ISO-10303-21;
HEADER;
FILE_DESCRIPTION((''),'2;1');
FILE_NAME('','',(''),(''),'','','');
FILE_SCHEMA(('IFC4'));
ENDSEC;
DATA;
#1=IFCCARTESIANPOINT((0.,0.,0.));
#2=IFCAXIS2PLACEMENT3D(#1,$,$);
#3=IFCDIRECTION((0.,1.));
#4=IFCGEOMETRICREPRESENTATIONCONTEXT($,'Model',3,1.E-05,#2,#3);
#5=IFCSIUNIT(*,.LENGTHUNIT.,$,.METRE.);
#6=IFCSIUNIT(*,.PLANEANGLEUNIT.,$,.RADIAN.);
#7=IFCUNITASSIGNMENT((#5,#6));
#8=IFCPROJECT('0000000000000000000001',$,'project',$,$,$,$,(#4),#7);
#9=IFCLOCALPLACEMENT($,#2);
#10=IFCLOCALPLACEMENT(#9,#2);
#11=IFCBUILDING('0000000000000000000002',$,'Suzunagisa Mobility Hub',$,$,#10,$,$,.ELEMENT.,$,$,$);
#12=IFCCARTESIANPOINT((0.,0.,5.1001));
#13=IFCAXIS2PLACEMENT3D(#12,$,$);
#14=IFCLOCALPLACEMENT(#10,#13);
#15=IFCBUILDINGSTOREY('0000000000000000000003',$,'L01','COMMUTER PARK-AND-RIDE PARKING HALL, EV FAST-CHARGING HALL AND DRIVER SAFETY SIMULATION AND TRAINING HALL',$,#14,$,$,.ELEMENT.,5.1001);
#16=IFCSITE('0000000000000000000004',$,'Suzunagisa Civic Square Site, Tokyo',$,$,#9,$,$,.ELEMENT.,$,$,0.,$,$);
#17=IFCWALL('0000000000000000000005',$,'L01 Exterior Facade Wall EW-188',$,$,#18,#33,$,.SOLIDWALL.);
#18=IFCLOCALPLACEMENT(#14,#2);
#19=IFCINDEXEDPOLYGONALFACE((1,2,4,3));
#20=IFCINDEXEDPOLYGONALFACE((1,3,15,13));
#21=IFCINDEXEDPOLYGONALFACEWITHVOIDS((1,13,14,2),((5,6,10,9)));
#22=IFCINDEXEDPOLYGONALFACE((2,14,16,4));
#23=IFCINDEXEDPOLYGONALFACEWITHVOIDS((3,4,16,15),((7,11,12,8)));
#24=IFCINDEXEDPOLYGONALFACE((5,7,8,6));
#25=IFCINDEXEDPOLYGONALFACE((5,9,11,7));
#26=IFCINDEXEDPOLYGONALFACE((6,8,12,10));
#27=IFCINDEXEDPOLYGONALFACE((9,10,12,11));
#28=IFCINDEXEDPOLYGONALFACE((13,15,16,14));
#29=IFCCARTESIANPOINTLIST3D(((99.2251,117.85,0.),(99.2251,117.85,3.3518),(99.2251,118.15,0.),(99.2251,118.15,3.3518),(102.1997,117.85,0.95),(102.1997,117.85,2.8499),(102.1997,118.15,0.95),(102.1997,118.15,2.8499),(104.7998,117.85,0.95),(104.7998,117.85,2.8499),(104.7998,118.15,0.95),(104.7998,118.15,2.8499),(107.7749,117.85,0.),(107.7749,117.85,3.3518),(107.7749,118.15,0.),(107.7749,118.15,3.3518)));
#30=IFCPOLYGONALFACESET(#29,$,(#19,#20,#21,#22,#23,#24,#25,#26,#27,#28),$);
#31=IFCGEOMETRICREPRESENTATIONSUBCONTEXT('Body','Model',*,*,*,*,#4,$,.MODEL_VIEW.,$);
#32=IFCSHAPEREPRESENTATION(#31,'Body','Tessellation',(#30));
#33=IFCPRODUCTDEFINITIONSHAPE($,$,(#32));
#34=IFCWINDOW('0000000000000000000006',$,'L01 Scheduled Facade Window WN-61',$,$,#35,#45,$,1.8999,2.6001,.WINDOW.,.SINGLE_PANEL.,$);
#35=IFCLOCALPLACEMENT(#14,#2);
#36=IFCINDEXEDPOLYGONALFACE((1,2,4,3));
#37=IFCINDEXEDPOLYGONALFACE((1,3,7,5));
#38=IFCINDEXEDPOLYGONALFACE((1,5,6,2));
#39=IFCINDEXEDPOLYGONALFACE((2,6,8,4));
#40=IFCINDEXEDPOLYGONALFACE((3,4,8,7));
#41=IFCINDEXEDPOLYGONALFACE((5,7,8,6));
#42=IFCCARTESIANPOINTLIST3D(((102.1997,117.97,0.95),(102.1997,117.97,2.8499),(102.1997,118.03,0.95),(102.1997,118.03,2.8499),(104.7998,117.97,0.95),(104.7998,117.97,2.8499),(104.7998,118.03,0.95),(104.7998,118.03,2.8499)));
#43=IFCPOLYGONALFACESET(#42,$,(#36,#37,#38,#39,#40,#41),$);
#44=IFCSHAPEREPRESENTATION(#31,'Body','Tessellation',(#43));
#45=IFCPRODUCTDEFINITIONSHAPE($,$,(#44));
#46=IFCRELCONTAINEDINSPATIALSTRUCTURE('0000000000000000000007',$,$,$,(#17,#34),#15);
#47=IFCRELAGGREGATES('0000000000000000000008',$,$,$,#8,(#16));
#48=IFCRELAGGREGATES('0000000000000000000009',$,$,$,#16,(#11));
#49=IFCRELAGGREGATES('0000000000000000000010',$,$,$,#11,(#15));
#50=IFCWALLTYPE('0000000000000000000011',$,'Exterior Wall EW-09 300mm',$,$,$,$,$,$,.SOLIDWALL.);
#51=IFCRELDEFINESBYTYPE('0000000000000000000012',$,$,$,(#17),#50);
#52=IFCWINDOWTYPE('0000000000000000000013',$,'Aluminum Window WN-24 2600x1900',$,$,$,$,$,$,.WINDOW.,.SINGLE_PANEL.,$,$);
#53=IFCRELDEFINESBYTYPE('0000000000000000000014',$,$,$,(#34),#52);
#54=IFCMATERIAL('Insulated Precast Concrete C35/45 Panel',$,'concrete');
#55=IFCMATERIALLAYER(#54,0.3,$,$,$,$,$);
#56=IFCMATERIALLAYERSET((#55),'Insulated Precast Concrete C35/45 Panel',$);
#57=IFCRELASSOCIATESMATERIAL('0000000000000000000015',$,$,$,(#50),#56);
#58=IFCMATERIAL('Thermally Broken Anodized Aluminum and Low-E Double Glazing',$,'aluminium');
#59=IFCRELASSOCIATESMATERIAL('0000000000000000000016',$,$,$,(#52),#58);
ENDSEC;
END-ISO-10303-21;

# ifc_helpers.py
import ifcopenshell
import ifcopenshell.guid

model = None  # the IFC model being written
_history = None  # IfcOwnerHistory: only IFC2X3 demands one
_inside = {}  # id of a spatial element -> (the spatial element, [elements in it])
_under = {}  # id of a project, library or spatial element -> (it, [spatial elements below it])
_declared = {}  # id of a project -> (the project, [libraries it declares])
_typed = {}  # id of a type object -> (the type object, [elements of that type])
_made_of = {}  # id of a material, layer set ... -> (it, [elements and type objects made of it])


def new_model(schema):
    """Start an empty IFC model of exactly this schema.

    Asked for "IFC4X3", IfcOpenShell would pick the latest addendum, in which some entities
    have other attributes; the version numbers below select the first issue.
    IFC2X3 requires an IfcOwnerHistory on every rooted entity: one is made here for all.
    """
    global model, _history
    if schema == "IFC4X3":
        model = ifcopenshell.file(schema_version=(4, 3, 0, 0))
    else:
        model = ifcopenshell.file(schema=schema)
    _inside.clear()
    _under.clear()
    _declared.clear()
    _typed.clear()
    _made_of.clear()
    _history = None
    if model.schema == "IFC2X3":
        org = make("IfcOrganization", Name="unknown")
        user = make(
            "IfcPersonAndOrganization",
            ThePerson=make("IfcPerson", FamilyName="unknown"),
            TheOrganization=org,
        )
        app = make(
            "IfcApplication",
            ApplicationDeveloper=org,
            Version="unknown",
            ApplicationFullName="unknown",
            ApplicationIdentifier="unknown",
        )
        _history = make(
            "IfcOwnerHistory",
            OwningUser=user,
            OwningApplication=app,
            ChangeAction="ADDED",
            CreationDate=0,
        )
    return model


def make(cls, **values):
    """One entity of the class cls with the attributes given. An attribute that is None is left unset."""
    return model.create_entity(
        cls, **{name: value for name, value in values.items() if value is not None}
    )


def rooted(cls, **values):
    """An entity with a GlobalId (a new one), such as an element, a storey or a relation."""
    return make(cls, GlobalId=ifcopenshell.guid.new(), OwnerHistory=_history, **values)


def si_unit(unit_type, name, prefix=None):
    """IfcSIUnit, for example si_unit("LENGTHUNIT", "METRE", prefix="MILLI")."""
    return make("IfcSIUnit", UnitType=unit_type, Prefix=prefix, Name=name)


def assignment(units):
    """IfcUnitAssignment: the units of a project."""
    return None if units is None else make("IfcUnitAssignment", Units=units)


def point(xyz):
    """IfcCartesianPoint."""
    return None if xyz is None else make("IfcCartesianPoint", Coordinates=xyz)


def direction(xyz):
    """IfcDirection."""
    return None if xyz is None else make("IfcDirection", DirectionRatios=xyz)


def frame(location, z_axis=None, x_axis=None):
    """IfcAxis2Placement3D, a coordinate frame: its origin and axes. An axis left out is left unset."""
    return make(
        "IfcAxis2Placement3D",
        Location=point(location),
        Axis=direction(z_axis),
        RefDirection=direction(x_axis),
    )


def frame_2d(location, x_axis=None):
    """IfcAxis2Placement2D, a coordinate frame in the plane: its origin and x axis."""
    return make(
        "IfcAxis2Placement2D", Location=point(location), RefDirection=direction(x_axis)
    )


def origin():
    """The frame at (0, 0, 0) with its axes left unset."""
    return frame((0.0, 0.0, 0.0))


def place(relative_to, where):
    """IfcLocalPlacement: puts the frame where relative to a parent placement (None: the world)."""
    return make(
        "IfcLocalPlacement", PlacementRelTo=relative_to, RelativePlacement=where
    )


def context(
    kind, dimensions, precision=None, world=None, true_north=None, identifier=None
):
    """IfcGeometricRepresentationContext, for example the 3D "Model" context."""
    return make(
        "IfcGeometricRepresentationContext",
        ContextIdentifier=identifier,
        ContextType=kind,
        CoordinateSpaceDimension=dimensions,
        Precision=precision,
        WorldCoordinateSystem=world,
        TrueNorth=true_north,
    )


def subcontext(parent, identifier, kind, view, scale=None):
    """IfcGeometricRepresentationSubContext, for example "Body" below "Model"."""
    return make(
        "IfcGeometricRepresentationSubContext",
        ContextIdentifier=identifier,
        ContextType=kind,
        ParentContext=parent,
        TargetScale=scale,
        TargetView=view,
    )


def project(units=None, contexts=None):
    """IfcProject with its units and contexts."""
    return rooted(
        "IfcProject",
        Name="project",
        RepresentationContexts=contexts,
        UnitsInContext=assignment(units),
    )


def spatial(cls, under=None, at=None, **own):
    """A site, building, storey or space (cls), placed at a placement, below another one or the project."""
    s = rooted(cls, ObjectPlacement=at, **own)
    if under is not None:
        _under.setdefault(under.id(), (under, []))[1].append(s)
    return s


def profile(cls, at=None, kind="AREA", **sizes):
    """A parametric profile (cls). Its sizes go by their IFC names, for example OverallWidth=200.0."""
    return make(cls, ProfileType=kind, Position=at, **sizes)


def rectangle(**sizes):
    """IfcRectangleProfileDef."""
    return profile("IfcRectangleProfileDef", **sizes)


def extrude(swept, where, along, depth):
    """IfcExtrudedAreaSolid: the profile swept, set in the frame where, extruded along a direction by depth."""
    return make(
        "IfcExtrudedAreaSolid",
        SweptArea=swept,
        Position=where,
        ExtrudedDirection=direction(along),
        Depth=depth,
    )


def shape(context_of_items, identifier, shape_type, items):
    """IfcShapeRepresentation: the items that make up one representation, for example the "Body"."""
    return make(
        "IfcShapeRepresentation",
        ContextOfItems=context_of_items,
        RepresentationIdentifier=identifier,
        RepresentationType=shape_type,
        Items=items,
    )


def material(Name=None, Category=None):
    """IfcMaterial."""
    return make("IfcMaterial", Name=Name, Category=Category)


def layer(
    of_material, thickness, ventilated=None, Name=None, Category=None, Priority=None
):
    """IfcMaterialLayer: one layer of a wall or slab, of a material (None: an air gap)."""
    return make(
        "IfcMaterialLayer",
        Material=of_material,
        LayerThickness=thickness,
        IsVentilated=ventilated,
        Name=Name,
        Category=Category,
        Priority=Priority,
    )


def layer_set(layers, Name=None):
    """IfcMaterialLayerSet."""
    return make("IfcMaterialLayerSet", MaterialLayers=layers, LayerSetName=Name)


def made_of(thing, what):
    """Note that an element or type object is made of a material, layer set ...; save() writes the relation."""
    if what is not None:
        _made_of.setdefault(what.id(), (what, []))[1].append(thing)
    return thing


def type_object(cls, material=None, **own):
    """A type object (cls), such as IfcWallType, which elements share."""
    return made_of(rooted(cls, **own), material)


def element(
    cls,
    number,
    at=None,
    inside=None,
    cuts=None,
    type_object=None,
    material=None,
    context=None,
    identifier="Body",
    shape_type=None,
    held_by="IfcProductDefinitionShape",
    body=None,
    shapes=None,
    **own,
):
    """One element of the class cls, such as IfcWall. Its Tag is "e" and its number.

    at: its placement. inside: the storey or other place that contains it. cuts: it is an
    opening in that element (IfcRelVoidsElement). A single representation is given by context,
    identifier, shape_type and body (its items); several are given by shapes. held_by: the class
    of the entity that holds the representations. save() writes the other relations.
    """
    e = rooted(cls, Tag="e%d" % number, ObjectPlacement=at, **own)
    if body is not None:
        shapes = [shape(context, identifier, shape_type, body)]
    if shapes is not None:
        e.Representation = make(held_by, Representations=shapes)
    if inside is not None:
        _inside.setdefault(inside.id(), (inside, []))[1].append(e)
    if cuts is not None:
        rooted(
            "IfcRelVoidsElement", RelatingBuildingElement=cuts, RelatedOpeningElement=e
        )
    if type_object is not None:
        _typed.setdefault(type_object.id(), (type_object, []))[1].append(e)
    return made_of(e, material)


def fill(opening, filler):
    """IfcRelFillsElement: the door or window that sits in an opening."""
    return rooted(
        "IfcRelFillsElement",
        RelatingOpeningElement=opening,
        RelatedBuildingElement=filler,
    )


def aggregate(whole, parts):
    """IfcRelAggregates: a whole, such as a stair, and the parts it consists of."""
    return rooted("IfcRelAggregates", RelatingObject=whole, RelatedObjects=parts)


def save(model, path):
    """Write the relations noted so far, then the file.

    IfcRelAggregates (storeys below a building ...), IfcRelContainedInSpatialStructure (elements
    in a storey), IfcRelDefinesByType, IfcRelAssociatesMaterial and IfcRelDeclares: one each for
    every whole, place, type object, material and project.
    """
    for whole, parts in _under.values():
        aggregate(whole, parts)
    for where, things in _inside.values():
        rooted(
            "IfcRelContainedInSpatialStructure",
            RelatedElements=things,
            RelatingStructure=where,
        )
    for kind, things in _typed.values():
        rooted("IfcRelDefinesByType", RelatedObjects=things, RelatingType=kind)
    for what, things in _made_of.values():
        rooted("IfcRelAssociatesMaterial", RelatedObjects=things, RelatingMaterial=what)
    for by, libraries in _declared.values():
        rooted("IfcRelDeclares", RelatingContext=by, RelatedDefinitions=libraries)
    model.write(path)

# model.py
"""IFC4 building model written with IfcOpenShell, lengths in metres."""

from ifc_helpers import new_model, si_unit, direction, frame, frame_2d, origin, place, context, subcontext, project, spatial, rectangle, extrude, material, layer, layer_set, type_object, element, fill, save


model = new_model("IFC4")

# Units and contexts
model_context = context("Model", 3, precision=1e-05, world=origin(), true_north=direction((0.0, 1.0)))
body_context = subcontext(model_context, "Body", "Model", "MODEL_VIEW")
ifc_project = project(units=[si_unit("LENGTHUNIT", "METRE"), si_unit("PLANEANGLEUNIT", "RADIAN")], contexts=[model_context])

# Site, building, storey
site_placement = place(None, origin())
site = spatial("IfcSite", under=ifc_project, at=site_placement, Name="Suzunagisa Civic Square Site, Tokyo", CompositionType="ELEMENT", RefElevation=0.0)
building_placement = place(site_placement, origin())
building = spatial("IfcBuilding", under=site, at=building_placement, Name="Suzunagisa Mobility Hub", CompositionType="ELEMENT")
storey_placement = place(building_placement, frame((0.0, 0.0, 5.1001)))
storey = spatial("IfcBuildingStorey", under=building, at=storey_placement, Name="L01", Description="COMMUTER PARK-AND-RIDE PARKING HALL, EV FAST-CHARGING HALL AND DRIVER SAFETY SIMULATION AND TRAINING HALL", CompositionType="ELEMENT", Elevation=5.1001)

# Wall, opening, window
ifc_material_1 = material(Name="Thermally Broken Anodized Aluminum and Low-E Double Glazing", Category="aluminium")
ifc_material_2 = material(Name="Insulated Precast Concrete C35/45 Panel", Category="concrete")
ifc_layer_1 = layer(ifc_material_2, 0.3)
ifc_layer_set_1 = layer_set([ifc_layer_1], Name="Insulated Precast Concrete C35/45 Panel")
wall_type_1 = type_object("IfcWallType", Name="Exterior Wall EW-09 300mm", PredefinedType="SOLIDWALL", material=ifc_layer_set_1)
wall_1_placement = place(storey_placement, frame((107.7749, 118.0, 0.0), z_axis=(0.0, 0.0, 1.0), x_axis=(-1.0, 0.0, 0.0)))
wall_1 = element("IfcWall", 1, at=wall_1_placement, inside=storey, type_object=wall_type_1, Name="L01 Exterior Facade Wall EW-188", PredefinedType="SOLIDWALL", context=body_context, shape_type="SweptSolid", body=[
    extrude(rectangle(XDim=8.5498, YDim=0.3, at=frame_2d((4.2749, 0.0))), origin(), (0.0, 0.0, 1.0), 3.3518),
])
opening_1_placement = place(wall_1_placement, frame((2.9751, 0.0, 0.95)))
opening_1 = element("IfcOpeningElement", 2, at=opening_1_placement, cuts=wall_1, PredefinedType="OPENING", context=body_context, shape_type="SweptSolid", body=[
    extrude(rectangle(XDim=2.6001, YDim=1.8999, at=frame_2d((1.3, 0.95))), frame((0.0, 0.1611, 0.0), z_axis=(0.0, -1.0, 0.0), x_axis=(1.0, 0.0, 0.0)), (0.0, 0.0, 1.0), 0.322),
])
window_type_1 = type_object("IfcWindowType", Name="Aluminum Window WN-24 2600x1900", PartitioningType="SINGLE_PANEL", PredefinedType="WINDOW", material=ifc_material_1)
window_1_placement = place(opening_1_placement, origin())
window_1 = element("IfcWindow", 3, at=window_1_placement, inside=storey, type_object=window_type_1, Name="L01 Scheduled Facade Window WN-61", OverallHeight=1.8999, OverallWidth=2.6001, PartitioningType="SINGLE_PANEL", PredefinedType="WINDOW", context=body_context, shape_type="SweptSolid", body=[
    extrude(rectangle(XDim=2.6001, YDim=1.8999, at=frame_2d((1.3, 0.95))), frame((0.0, 0.03, 0.0), z_axis=(0.0, -1.0, 0.0), x_axis=(1.0, 0.0, 0.0)), (0.0, 0.0, 1.0), 0.0601),
])
fill(opening_1, window_1)

save(model, "model.ifc")
